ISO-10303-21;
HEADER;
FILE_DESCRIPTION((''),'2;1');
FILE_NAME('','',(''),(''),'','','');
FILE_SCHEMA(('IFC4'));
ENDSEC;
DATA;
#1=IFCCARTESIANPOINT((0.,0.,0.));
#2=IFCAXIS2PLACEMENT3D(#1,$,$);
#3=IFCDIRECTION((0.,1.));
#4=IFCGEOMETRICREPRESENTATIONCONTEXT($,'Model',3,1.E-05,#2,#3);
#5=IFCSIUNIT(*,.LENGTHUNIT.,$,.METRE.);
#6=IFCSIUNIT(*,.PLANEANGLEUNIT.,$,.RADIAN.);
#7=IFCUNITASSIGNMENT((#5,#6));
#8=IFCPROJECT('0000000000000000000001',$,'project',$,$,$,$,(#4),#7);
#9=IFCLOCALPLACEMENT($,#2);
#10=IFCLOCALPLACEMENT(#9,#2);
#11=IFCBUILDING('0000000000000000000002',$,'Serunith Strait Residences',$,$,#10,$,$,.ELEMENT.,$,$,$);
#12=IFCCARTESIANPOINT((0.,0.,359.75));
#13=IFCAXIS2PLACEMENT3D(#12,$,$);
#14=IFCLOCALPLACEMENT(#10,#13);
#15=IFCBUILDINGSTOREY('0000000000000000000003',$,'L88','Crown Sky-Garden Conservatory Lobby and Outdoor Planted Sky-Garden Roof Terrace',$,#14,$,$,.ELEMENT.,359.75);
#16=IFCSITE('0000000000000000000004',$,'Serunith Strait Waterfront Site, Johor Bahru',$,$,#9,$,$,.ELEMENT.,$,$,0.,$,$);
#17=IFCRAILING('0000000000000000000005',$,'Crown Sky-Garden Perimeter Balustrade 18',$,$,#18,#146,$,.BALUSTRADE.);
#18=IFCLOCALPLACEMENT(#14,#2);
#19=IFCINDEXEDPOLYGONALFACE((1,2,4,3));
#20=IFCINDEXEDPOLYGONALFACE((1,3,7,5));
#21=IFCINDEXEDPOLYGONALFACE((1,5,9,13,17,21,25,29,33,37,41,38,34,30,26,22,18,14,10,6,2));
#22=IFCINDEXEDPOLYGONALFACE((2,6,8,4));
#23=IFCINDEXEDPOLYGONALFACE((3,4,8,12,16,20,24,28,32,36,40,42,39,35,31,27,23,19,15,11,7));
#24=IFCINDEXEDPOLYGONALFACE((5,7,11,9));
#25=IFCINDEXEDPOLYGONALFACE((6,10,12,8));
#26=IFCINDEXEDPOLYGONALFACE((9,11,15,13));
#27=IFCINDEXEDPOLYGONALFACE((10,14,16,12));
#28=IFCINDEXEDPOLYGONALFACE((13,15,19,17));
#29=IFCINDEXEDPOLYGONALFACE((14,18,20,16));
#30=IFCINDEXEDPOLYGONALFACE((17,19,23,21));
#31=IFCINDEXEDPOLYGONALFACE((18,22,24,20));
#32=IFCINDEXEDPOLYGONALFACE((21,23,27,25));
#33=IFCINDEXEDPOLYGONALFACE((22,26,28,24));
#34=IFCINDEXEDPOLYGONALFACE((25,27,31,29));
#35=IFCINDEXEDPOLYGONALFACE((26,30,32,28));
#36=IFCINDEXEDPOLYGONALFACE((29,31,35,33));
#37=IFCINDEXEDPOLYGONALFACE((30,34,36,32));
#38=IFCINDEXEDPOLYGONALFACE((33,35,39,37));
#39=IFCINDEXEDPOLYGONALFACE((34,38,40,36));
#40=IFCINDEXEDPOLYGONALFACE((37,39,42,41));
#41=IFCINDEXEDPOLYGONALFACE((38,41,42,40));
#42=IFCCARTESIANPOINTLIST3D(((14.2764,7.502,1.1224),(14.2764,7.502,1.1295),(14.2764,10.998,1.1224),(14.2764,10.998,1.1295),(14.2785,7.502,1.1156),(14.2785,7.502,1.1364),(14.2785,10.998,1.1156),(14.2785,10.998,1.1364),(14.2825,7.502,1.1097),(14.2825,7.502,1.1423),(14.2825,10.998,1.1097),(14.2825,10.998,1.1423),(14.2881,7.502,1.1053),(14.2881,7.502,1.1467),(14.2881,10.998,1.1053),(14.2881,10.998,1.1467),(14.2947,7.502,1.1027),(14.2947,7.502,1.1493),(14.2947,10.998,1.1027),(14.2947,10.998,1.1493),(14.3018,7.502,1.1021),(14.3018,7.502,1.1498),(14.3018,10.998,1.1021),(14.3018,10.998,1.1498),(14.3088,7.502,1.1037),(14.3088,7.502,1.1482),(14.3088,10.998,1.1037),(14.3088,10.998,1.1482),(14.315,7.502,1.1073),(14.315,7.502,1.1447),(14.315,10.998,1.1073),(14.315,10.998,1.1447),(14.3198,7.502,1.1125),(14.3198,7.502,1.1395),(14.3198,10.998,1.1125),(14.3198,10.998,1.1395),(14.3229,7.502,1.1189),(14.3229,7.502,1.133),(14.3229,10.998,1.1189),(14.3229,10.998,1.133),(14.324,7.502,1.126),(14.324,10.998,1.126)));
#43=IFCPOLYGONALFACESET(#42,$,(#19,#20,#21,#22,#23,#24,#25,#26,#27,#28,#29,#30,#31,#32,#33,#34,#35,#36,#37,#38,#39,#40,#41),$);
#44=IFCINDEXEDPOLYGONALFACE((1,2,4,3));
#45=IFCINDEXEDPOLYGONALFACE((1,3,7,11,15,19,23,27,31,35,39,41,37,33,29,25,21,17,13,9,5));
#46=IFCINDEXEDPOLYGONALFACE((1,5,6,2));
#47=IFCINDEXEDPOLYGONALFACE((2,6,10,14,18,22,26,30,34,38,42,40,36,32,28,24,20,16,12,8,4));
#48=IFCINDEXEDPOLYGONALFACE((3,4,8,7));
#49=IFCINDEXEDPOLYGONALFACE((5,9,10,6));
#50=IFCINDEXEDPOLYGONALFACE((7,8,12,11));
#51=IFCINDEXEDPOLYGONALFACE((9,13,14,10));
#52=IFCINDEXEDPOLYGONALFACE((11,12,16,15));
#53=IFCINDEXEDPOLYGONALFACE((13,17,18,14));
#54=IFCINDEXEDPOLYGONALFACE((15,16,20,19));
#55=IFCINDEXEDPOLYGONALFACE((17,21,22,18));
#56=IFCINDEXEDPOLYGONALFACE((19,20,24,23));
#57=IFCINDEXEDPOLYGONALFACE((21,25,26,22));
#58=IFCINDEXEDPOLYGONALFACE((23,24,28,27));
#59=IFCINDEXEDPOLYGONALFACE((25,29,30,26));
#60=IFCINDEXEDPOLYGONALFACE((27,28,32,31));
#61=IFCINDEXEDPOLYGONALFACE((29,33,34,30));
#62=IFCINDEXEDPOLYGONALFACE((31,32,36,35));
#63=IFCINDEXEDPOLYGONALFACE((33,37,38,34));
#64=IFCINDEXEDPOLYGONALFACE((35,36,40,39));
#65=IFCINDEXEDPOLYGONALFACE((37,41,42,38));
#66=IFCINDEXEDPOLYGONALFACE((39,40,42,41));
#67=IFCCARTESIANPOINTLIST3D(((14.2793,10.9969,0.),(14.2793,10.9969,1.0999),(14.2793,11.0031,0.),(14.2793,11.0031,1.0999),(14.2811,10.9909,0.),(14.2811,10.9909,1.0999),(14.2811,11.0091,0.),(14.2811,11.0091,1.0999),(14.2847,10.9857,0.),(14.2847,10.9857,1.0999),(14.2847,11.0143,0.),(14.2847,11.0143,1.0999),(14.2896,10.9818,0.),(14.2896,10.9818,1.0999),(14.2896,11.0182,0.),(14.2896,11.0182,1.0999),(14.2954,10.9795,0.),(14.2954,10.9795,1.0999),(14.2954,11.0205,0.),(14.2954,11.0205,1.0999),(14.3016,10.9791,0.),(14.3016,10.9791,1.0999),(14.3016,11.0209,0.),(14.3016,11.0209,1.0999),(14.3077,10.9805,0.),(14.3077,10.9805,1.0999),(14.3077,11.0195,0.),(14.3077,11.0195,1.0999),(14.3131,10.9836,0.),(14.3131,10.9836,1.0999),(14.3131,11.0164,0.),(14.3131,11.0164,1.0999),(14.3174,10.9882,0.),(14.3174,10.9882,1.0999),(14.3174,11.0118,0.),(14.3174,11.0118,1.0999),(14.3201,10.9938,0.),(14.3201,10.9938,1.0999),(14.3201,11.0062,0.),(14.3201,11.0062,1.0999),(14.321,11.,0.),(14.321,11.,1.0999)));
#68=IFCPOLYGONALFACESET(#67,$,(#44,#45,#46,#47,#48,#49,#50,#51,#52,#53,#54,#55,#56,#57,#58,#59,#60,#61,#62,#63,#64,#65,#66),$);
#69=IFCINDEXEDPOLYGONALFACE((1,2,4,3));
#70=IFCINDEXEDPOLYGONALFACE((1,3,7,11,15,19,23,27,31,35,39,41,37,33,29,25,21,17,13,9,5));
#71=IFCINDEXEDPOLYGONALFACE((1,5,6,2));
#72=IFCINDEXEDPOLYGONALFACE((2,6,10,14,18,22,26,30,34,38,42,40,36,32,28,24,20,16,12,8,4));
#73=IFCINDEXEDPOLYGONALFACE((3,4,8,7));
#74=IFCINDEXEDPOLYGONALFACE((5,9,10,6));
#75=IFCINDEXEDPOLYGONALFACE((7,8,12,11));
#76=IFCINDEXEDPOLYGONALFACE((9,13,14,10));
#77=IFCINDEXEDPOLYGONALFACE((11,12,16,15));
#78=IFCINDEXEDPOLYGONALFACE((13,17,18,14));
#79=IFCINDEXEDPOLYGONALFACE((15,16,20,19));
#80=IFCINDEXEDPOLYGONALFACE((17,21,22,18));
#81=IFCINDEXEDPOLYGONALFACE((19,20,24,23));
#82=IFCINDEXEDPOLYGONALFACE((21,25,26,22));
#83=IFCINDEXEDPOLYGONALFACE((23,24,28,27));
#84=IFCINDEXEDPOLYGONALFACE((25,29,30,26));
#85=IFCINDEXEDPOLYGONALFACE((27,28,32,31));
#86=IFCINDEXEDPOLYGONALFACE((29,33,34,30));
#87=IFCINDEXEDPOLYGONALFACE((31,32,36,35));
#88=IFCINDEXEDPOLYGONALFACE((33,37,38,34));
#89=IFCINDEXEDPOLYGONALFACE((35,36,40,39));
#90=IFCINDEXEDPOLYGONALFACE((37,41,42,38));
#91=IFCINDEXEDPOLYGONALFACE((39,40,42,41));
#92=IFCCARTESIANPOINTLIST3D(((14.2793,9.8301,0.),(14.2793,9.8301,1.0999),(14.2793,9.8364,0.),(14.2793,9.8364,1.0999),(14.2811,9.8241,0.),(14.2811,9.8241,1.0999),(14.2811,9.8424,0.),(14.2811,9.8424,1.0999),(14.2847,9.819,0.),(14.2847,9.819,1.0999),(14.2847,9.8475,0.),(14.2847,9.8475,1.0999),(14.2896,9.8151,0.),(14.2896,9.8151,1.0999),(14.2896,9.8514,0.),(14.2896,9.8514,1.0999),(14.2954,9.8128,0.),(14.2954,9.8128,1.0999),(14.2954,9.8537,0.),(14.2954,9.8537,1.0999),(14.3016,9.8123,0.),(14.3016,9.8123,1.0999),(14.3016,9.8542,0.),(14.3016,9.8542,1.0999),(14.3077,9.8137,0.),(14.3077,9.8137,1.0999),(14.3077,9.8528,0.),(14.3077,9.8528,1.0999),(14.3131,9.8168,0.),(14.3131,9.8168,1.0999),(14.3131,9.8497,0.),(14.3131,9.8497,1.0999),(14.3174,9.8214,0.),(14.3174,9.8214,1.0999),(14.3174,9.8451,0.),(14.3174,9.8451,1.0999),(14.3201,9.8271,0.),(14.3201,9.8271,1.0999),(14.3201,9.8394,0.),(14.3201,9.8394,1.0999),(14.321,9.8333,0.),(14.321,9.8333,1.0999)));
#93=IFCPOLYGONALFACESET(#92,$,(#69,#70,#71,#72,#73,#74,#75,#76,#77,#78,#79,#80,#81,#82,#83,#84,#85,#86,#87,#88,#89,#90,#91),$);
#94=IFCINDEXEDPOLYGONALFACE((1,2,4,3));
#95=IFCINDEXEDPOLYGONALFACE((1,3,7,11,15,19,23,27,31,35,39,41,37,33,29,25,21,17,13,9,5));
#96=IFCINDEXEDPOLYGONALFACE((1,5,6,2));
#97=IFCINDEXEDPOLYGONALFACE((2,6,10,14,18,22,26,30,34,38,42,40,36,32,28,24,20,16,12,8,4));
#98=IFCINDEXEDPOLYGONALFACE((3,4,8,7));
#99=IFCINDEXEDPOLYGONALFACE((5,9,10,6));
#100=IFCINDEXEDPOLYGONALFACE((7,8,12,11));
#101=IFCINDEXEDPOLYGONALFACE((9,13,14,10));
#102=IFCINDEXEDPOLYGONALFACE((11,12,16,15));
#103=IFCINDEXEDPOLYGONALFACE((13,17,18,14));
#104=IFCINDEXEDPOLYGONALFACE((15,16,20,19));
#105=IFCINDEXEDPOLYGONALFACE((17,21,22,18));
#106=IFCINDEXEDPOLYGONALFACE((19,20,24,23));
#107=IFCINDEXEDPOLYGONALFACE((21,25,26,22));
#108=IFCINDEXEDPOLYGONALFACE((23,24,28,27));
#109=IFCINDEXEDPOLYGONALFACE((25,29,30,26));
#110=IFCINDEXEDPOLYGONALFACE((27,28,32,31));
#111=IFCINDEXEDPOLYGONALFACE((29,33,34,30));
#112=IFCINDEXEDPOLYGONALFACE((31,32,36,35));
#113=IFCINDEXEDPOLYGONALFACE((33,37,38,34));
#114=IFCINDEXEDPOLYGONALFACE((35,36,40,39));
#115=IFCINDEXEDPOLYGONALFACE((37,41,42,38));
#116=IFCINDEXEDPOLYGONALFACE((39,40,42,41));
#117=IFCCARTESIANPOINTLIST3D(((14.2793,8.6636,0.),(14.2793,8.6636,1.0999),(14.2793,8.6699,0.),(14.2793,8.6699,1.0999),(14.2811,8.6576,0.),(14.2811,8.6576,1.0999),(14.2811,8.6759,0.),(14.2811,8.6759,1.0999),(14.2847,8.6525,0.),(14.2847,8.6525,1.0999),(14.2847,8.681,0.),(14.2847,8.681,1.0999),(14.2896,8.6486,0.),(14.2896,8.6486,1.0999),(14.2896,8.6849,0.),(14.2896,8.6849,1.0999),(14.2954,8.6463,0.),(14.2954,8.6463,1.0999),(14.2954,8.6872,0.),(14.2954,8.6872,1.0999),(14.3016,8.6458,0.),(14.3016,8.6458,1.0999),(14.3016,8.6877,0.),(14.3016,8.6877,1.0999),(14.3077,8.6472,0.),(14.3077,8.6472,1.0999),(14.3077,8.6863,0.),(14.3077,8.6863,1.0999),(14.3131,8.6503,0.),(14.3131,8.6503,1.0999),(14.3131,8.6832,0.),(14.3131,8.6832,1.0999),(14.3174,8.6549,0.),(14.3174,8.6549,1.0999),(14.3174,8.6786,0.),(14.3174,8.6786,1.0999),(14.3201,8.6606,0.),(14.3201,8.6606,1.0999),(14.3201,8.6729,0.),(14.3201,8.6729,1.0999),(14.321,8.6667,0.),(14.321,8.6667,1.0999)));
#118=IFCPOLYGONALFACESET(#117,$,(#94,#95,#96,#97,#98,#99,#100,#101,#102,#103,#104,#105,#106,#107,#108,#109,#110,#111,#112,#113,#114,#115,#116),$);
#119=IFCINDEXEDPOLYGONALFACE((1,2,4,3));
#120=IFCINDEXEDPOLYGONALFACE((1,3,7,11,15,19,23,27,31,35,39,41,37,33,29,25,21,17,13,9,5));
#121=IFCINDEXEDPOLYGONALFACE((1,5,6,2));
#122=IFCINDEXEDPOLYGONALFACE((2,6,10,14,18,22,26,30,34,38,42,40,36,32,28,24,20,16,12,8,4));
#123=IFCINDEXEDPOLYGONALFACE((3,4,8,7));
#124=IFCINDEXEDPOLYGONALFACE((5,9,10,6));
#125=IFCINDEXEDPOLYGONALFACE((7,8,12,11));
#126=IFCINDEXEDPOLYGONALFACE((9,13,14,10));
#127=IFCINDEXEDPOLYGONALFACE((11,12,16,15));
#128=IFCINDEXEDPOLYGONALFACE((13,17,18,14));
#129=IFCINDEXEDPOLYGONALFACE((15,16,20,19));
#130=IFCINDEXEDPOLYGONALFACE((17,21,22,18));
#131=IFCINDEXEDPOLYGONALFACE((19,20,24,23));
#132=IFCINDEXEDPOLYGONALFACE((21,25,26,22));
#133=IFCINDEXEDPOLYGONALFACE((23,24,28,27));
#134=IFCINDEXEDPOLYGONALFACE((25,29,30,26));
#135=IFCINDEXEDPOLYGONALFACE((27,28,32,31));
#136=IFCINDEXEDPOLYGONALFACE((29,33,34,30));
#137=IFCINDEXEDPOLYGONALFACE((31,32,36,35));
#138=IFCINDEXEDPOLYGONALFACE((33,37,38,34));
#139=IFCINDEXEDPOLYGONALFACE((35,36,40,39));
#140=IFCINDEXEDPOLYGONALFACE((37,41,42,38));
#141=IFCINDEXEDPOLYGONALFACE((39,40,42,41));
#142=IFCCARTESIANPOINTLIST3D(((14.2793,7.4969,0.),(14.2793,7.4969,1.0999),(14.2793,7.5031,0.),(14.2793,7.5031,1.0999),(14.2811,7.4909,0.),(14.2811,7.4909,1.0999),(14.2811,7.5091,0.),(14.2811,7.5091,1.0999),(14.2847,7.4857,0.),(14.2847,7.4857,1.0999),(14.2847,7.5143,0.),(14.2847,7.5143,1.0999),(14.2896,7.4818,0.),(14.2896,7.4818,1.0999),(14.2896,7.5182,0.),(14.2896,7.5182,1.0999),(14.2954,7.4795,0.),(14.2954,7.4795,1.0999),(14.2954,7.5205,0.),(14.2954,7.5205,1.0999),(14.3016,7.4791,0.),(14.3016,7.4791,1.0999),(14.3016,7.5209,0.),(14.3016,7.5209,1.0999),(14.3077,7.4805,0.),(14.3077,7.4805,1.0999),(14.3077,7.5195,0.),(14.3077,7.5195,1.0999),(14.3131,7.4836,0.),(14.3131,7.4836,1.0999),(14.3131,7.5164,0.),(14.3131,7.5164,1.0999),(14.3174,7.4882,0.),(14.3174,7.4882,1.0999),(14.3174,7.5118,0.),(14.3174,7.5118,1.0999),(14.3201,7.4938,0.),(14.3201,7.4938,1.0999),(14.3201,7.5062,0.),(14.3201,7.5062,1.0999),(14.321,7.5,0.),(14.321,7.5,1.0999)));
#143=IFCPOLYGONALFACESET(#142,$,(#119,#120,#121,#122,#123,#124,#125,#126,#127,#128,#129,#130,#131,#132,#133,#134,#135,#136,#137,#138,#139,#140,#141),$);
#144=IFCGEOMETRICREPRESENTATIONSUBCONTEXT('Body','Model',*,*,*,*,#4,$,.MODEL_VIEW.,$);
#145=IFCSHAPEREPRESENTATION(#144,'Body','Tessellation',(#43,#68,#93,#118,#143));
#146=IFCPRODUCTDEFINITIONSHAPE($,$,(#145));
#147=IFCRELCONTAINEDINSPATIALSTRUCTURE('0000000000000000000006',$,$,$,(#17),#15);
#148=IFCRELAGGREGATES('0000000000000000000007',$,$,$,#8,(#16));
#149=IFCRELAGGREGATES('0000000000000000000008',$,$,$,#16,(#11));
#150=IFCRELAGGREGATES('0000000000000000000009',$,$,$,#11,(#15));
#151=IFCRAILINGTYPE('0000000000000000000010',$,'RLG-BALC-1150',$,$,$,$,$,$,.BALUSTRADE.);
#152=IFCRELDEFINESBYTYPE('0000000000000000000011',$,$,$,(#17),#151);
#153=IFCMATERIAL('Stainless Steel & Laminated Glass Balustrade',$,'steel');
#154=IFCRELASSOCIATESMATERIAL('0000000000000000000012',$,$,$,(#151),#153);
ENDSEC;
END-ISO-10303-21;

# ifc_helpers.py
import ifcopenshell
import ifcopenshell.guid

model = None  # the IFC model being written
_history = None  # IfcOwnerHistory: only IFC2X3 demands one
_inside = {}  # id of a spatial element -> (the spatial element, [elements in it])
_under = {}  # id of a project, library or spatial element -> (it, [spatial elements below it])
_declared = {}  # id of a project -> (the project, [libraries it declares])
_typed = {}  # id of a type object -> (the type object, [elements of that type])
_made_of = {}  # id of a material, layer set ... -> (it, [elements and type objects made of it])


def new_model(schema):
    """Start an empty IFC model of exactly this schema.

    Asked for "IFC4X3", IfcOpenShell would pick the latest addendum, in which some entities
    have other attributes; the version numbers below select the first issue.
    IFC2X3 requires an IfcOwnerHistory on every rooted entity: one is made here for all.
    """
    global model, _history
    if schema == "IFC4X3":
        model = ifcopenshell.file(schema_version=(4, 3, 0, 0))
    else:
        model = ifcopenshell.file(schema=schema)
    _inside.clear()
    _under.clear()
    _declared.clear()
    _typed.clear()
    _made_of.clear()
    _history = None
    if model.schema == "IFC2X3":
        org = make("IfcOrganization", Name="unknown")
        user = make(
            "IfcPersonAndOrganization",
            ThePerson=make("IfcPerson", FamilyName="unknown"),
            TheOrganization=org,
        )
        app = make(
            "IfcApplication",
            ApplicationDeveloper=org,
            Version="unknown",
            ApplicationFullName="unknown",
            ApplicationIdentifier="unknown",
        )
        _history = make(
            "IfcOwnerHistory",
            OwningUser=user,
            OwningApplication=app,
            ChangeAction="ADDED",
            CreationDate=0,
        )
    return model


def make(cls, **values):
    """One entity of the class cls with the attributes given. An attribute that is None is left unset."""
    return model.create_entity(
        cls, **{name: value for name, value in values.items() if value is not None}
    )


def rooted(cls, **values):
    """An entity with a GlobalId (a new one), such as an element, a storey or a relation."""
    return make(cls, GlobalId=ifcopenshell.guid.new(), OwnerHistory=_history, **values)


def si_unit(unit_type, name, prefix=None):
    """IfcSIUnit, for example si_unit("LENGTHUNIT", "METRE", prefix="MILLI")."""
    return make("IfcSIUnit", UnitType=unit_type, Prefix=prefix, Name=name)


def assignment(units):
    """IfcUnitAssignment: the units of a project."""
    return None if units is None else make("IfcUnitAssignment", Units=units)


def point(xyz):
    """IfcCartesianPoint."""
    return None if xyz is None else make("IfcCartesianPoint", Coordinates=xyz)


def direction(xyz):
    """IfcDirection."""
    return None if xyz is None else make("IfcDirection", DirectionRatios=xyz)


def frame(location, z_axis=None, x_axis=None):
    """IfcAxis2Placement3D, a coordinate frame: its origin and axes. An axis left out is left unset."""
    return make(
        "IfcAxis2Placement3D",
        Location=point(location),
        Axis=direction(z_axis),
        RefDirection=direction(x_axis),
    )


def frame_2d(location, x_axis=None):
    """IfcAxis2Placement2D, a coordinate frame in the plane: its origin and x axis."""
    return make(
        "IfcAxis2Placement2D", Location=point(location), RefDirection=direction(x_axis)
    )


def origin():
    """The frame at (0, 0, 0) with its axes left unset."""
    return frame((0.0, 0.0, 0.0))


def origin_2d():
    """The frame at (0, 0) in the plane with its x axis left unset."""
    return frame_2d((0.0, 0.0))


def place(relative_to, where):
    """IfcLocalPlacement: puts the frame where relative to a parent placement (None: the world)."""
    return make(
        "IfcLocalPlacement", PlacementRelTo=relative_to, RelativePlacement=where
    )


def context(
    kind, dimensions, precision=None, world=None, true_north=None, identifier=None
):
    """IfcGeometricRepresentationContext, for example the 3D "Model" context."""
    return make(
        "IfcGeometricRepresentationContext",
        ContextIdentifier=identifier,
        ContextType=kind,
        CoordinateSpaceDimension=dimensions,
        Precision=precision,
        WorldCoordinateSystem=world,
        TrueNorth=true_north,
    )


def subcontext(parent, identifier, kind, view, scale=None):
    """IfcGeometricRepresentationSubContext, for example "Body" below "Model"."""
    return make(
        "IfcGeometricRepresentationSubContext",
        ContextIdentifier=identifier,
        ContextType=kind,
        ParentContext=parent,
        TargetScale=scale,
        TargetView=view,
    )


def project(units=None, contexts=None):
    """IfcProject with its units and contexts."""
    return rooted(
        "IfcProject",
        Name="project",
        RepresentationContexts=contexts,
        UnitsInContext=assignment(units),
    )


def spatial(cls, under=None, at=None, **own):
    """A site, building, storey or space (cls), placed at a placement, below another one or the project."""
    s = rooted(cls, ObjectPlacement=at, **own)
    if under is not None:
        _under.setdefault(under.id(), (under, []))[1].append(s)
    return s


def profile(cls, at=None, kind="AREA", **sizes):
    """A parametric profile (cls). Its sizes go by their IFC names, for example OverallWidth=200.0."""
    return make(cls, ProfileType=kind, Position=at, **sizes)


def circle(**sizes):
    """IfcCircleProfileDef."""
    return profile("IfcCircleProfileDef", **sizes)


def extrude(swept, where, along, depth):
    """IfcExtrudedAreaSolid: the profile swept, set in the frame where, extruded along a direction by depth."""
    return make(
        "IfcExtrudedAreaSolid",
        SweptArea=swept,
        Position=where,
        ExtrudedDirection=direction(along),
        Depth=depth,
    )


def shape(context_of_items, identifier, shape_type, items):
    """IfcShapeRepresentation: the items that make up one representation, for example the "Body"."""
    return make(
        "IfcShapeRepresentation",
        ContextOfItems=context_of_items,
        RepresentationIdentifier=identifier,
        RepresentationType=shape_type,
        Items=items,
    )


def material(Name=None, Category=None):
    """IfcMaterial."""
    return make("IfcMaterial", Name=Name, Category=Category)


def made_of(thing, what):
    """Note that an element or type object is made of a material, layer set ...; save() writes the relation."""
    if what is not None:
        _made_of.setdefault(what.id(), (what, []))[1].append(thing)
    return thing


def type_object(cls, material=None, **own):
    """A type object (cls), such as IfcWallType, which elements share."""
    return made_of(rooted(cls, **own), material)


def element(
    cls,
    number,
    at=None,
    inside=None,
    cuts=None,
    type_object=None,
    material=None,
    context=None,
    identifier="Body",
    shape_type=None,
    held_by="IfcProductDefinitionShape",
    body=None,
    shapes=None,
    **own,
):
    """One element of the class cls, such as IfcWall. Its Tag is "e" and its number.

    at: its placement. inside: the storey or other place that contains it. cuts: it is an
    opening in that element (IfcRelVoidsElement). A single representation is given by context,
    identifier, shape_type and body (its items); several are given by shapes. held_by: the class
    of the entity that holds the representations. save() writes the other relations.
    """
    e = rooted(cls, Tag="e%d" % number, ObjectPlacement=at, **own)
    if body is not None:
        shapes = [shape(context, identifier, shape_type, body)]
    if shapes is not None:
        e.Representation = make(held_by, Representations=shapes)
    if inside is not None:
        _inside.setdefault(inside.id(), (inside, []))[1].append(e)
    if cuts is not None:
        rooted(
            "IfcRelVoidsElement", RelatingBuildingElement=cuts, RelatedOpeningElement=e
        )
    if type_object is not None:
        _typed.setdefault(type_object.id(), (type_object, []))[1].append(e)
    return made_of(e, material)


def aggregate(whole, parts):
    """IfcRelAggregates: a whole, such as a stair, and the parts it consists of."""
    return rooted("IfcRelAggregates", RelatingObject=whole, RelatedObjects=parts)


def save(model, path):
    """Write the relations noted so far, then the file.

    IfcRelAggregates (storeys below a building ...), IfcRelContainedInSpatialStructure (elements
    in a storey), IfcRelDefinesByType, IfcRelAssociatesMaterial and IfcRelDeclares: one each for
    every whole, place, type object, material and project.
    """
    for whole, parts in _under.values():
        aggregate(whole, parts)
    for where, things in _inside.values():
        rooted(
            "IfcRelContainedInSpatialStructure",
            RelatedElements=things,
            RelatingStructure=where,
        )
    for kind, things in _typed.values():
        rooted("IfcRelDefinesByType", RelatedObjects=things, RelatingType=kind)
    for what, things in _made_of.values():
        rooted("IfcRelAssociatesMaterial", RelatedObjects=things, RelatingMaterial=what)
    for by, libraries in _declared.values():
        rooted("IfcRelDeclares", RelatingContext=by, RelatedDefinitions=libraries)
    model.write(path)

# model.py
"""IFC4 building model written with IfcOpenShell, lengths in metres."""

from ifc_helpers import new_model, si_unit, direction, frame, origin, origin_2d, place, context, subcontext, project, spatial, circle, extrude, material, type_object, element, save


model = new_model("IFC4")

# Units and contexts
model_context = context("Model", 3, precision=1e-05, world=origin(), true_north=direction((0.0, 1.0)))
body_context = subcontext(model_context, "Body", "Model", "MODEL_VIEW")
ifc_project = project(units=[si_unit("LENGTHUNIT", "METRE"), si_unit("PLANEANGLEUNIT", "RADIAN")], contexts=[model_context])

# Site, building, storey
site_placement = place(None, origin())
site = spatial("IfcSite", under=ifc_project, at=site_placement, Name="Serunith Strait Waterfront Site, Johor Bahru", CompositionType="ELEMENT", RefElevation=0.0)
building_placement = place(site_placement, origin())
building = spatial("IfcBuilding", under=site, at=building_placement, Name="Serunith Strait Residences", CompositionType="ELEMENT")
storey_placement = place(building_placement, frame((0.0, 0.0, 359.75)))
storey = spatial("IfcBuildingStorey", under=building, at=storey_placement, Name="L88", Description="Crown Sky-Garden Conservatory Lobby and Outdoor Planted Sky-Garden Roof Terrace", CompositionType="ELEMENT", Elevation=359.75)

# Railing
ifc_material_1 = material(Name="Stainless Steel & Laminated Glass Balustrade", Category="steel")
railing_type = type_object("IfcRailingType", Name="RLG-BALC-1150", PredefinedType="BALUSTRADE", material=ifc_material_1)
railing_1_placement = place(storey_placement, frame((14.3, 11.0, 0.0)))
element("IfcRailing", 1, at=railing_1_placement, inside=storey, type_object=railing_type, Name="Crown Sky-Garden Perimeter Balustrade 18", PredefinedType="BALUSTRADE", context=body_context, shape_type="SweptSolid", body=[
    extrude(circle(Radius=0.0239, at=origin_2d()), frame((0.0, -0.002, 1.126), z_axis=(0.0, -1.0, 0.0), x_axis=(1.0, 0.0, 0.0)), (0.0, 0.0, 1.0), 3.4961),
    extrude(circle(Radius=0.021, at=origin_2d()), origin(), (0.0, 0.0, 1.0), 1.0999),
    extrude(circle(Radius=0.021, at=origin_2d()), frame((0.0, -1.1667, 0.0)), (0.0, 0.0, 1.0), 1.0999),
    extrude(circle(Radius=0.021, at=origin_2d()), frame((0.0, -2.3333, 0.0)), (0.0, 0.0, 1.0), 1.0999),
    extrude(circle(Radius=0.021, at=origin_2d()), frame((0.0, -3.5, 0.0)), (0.0, 0.0, 1.0), 1.0999),
])

save(model, "model.ifc")
